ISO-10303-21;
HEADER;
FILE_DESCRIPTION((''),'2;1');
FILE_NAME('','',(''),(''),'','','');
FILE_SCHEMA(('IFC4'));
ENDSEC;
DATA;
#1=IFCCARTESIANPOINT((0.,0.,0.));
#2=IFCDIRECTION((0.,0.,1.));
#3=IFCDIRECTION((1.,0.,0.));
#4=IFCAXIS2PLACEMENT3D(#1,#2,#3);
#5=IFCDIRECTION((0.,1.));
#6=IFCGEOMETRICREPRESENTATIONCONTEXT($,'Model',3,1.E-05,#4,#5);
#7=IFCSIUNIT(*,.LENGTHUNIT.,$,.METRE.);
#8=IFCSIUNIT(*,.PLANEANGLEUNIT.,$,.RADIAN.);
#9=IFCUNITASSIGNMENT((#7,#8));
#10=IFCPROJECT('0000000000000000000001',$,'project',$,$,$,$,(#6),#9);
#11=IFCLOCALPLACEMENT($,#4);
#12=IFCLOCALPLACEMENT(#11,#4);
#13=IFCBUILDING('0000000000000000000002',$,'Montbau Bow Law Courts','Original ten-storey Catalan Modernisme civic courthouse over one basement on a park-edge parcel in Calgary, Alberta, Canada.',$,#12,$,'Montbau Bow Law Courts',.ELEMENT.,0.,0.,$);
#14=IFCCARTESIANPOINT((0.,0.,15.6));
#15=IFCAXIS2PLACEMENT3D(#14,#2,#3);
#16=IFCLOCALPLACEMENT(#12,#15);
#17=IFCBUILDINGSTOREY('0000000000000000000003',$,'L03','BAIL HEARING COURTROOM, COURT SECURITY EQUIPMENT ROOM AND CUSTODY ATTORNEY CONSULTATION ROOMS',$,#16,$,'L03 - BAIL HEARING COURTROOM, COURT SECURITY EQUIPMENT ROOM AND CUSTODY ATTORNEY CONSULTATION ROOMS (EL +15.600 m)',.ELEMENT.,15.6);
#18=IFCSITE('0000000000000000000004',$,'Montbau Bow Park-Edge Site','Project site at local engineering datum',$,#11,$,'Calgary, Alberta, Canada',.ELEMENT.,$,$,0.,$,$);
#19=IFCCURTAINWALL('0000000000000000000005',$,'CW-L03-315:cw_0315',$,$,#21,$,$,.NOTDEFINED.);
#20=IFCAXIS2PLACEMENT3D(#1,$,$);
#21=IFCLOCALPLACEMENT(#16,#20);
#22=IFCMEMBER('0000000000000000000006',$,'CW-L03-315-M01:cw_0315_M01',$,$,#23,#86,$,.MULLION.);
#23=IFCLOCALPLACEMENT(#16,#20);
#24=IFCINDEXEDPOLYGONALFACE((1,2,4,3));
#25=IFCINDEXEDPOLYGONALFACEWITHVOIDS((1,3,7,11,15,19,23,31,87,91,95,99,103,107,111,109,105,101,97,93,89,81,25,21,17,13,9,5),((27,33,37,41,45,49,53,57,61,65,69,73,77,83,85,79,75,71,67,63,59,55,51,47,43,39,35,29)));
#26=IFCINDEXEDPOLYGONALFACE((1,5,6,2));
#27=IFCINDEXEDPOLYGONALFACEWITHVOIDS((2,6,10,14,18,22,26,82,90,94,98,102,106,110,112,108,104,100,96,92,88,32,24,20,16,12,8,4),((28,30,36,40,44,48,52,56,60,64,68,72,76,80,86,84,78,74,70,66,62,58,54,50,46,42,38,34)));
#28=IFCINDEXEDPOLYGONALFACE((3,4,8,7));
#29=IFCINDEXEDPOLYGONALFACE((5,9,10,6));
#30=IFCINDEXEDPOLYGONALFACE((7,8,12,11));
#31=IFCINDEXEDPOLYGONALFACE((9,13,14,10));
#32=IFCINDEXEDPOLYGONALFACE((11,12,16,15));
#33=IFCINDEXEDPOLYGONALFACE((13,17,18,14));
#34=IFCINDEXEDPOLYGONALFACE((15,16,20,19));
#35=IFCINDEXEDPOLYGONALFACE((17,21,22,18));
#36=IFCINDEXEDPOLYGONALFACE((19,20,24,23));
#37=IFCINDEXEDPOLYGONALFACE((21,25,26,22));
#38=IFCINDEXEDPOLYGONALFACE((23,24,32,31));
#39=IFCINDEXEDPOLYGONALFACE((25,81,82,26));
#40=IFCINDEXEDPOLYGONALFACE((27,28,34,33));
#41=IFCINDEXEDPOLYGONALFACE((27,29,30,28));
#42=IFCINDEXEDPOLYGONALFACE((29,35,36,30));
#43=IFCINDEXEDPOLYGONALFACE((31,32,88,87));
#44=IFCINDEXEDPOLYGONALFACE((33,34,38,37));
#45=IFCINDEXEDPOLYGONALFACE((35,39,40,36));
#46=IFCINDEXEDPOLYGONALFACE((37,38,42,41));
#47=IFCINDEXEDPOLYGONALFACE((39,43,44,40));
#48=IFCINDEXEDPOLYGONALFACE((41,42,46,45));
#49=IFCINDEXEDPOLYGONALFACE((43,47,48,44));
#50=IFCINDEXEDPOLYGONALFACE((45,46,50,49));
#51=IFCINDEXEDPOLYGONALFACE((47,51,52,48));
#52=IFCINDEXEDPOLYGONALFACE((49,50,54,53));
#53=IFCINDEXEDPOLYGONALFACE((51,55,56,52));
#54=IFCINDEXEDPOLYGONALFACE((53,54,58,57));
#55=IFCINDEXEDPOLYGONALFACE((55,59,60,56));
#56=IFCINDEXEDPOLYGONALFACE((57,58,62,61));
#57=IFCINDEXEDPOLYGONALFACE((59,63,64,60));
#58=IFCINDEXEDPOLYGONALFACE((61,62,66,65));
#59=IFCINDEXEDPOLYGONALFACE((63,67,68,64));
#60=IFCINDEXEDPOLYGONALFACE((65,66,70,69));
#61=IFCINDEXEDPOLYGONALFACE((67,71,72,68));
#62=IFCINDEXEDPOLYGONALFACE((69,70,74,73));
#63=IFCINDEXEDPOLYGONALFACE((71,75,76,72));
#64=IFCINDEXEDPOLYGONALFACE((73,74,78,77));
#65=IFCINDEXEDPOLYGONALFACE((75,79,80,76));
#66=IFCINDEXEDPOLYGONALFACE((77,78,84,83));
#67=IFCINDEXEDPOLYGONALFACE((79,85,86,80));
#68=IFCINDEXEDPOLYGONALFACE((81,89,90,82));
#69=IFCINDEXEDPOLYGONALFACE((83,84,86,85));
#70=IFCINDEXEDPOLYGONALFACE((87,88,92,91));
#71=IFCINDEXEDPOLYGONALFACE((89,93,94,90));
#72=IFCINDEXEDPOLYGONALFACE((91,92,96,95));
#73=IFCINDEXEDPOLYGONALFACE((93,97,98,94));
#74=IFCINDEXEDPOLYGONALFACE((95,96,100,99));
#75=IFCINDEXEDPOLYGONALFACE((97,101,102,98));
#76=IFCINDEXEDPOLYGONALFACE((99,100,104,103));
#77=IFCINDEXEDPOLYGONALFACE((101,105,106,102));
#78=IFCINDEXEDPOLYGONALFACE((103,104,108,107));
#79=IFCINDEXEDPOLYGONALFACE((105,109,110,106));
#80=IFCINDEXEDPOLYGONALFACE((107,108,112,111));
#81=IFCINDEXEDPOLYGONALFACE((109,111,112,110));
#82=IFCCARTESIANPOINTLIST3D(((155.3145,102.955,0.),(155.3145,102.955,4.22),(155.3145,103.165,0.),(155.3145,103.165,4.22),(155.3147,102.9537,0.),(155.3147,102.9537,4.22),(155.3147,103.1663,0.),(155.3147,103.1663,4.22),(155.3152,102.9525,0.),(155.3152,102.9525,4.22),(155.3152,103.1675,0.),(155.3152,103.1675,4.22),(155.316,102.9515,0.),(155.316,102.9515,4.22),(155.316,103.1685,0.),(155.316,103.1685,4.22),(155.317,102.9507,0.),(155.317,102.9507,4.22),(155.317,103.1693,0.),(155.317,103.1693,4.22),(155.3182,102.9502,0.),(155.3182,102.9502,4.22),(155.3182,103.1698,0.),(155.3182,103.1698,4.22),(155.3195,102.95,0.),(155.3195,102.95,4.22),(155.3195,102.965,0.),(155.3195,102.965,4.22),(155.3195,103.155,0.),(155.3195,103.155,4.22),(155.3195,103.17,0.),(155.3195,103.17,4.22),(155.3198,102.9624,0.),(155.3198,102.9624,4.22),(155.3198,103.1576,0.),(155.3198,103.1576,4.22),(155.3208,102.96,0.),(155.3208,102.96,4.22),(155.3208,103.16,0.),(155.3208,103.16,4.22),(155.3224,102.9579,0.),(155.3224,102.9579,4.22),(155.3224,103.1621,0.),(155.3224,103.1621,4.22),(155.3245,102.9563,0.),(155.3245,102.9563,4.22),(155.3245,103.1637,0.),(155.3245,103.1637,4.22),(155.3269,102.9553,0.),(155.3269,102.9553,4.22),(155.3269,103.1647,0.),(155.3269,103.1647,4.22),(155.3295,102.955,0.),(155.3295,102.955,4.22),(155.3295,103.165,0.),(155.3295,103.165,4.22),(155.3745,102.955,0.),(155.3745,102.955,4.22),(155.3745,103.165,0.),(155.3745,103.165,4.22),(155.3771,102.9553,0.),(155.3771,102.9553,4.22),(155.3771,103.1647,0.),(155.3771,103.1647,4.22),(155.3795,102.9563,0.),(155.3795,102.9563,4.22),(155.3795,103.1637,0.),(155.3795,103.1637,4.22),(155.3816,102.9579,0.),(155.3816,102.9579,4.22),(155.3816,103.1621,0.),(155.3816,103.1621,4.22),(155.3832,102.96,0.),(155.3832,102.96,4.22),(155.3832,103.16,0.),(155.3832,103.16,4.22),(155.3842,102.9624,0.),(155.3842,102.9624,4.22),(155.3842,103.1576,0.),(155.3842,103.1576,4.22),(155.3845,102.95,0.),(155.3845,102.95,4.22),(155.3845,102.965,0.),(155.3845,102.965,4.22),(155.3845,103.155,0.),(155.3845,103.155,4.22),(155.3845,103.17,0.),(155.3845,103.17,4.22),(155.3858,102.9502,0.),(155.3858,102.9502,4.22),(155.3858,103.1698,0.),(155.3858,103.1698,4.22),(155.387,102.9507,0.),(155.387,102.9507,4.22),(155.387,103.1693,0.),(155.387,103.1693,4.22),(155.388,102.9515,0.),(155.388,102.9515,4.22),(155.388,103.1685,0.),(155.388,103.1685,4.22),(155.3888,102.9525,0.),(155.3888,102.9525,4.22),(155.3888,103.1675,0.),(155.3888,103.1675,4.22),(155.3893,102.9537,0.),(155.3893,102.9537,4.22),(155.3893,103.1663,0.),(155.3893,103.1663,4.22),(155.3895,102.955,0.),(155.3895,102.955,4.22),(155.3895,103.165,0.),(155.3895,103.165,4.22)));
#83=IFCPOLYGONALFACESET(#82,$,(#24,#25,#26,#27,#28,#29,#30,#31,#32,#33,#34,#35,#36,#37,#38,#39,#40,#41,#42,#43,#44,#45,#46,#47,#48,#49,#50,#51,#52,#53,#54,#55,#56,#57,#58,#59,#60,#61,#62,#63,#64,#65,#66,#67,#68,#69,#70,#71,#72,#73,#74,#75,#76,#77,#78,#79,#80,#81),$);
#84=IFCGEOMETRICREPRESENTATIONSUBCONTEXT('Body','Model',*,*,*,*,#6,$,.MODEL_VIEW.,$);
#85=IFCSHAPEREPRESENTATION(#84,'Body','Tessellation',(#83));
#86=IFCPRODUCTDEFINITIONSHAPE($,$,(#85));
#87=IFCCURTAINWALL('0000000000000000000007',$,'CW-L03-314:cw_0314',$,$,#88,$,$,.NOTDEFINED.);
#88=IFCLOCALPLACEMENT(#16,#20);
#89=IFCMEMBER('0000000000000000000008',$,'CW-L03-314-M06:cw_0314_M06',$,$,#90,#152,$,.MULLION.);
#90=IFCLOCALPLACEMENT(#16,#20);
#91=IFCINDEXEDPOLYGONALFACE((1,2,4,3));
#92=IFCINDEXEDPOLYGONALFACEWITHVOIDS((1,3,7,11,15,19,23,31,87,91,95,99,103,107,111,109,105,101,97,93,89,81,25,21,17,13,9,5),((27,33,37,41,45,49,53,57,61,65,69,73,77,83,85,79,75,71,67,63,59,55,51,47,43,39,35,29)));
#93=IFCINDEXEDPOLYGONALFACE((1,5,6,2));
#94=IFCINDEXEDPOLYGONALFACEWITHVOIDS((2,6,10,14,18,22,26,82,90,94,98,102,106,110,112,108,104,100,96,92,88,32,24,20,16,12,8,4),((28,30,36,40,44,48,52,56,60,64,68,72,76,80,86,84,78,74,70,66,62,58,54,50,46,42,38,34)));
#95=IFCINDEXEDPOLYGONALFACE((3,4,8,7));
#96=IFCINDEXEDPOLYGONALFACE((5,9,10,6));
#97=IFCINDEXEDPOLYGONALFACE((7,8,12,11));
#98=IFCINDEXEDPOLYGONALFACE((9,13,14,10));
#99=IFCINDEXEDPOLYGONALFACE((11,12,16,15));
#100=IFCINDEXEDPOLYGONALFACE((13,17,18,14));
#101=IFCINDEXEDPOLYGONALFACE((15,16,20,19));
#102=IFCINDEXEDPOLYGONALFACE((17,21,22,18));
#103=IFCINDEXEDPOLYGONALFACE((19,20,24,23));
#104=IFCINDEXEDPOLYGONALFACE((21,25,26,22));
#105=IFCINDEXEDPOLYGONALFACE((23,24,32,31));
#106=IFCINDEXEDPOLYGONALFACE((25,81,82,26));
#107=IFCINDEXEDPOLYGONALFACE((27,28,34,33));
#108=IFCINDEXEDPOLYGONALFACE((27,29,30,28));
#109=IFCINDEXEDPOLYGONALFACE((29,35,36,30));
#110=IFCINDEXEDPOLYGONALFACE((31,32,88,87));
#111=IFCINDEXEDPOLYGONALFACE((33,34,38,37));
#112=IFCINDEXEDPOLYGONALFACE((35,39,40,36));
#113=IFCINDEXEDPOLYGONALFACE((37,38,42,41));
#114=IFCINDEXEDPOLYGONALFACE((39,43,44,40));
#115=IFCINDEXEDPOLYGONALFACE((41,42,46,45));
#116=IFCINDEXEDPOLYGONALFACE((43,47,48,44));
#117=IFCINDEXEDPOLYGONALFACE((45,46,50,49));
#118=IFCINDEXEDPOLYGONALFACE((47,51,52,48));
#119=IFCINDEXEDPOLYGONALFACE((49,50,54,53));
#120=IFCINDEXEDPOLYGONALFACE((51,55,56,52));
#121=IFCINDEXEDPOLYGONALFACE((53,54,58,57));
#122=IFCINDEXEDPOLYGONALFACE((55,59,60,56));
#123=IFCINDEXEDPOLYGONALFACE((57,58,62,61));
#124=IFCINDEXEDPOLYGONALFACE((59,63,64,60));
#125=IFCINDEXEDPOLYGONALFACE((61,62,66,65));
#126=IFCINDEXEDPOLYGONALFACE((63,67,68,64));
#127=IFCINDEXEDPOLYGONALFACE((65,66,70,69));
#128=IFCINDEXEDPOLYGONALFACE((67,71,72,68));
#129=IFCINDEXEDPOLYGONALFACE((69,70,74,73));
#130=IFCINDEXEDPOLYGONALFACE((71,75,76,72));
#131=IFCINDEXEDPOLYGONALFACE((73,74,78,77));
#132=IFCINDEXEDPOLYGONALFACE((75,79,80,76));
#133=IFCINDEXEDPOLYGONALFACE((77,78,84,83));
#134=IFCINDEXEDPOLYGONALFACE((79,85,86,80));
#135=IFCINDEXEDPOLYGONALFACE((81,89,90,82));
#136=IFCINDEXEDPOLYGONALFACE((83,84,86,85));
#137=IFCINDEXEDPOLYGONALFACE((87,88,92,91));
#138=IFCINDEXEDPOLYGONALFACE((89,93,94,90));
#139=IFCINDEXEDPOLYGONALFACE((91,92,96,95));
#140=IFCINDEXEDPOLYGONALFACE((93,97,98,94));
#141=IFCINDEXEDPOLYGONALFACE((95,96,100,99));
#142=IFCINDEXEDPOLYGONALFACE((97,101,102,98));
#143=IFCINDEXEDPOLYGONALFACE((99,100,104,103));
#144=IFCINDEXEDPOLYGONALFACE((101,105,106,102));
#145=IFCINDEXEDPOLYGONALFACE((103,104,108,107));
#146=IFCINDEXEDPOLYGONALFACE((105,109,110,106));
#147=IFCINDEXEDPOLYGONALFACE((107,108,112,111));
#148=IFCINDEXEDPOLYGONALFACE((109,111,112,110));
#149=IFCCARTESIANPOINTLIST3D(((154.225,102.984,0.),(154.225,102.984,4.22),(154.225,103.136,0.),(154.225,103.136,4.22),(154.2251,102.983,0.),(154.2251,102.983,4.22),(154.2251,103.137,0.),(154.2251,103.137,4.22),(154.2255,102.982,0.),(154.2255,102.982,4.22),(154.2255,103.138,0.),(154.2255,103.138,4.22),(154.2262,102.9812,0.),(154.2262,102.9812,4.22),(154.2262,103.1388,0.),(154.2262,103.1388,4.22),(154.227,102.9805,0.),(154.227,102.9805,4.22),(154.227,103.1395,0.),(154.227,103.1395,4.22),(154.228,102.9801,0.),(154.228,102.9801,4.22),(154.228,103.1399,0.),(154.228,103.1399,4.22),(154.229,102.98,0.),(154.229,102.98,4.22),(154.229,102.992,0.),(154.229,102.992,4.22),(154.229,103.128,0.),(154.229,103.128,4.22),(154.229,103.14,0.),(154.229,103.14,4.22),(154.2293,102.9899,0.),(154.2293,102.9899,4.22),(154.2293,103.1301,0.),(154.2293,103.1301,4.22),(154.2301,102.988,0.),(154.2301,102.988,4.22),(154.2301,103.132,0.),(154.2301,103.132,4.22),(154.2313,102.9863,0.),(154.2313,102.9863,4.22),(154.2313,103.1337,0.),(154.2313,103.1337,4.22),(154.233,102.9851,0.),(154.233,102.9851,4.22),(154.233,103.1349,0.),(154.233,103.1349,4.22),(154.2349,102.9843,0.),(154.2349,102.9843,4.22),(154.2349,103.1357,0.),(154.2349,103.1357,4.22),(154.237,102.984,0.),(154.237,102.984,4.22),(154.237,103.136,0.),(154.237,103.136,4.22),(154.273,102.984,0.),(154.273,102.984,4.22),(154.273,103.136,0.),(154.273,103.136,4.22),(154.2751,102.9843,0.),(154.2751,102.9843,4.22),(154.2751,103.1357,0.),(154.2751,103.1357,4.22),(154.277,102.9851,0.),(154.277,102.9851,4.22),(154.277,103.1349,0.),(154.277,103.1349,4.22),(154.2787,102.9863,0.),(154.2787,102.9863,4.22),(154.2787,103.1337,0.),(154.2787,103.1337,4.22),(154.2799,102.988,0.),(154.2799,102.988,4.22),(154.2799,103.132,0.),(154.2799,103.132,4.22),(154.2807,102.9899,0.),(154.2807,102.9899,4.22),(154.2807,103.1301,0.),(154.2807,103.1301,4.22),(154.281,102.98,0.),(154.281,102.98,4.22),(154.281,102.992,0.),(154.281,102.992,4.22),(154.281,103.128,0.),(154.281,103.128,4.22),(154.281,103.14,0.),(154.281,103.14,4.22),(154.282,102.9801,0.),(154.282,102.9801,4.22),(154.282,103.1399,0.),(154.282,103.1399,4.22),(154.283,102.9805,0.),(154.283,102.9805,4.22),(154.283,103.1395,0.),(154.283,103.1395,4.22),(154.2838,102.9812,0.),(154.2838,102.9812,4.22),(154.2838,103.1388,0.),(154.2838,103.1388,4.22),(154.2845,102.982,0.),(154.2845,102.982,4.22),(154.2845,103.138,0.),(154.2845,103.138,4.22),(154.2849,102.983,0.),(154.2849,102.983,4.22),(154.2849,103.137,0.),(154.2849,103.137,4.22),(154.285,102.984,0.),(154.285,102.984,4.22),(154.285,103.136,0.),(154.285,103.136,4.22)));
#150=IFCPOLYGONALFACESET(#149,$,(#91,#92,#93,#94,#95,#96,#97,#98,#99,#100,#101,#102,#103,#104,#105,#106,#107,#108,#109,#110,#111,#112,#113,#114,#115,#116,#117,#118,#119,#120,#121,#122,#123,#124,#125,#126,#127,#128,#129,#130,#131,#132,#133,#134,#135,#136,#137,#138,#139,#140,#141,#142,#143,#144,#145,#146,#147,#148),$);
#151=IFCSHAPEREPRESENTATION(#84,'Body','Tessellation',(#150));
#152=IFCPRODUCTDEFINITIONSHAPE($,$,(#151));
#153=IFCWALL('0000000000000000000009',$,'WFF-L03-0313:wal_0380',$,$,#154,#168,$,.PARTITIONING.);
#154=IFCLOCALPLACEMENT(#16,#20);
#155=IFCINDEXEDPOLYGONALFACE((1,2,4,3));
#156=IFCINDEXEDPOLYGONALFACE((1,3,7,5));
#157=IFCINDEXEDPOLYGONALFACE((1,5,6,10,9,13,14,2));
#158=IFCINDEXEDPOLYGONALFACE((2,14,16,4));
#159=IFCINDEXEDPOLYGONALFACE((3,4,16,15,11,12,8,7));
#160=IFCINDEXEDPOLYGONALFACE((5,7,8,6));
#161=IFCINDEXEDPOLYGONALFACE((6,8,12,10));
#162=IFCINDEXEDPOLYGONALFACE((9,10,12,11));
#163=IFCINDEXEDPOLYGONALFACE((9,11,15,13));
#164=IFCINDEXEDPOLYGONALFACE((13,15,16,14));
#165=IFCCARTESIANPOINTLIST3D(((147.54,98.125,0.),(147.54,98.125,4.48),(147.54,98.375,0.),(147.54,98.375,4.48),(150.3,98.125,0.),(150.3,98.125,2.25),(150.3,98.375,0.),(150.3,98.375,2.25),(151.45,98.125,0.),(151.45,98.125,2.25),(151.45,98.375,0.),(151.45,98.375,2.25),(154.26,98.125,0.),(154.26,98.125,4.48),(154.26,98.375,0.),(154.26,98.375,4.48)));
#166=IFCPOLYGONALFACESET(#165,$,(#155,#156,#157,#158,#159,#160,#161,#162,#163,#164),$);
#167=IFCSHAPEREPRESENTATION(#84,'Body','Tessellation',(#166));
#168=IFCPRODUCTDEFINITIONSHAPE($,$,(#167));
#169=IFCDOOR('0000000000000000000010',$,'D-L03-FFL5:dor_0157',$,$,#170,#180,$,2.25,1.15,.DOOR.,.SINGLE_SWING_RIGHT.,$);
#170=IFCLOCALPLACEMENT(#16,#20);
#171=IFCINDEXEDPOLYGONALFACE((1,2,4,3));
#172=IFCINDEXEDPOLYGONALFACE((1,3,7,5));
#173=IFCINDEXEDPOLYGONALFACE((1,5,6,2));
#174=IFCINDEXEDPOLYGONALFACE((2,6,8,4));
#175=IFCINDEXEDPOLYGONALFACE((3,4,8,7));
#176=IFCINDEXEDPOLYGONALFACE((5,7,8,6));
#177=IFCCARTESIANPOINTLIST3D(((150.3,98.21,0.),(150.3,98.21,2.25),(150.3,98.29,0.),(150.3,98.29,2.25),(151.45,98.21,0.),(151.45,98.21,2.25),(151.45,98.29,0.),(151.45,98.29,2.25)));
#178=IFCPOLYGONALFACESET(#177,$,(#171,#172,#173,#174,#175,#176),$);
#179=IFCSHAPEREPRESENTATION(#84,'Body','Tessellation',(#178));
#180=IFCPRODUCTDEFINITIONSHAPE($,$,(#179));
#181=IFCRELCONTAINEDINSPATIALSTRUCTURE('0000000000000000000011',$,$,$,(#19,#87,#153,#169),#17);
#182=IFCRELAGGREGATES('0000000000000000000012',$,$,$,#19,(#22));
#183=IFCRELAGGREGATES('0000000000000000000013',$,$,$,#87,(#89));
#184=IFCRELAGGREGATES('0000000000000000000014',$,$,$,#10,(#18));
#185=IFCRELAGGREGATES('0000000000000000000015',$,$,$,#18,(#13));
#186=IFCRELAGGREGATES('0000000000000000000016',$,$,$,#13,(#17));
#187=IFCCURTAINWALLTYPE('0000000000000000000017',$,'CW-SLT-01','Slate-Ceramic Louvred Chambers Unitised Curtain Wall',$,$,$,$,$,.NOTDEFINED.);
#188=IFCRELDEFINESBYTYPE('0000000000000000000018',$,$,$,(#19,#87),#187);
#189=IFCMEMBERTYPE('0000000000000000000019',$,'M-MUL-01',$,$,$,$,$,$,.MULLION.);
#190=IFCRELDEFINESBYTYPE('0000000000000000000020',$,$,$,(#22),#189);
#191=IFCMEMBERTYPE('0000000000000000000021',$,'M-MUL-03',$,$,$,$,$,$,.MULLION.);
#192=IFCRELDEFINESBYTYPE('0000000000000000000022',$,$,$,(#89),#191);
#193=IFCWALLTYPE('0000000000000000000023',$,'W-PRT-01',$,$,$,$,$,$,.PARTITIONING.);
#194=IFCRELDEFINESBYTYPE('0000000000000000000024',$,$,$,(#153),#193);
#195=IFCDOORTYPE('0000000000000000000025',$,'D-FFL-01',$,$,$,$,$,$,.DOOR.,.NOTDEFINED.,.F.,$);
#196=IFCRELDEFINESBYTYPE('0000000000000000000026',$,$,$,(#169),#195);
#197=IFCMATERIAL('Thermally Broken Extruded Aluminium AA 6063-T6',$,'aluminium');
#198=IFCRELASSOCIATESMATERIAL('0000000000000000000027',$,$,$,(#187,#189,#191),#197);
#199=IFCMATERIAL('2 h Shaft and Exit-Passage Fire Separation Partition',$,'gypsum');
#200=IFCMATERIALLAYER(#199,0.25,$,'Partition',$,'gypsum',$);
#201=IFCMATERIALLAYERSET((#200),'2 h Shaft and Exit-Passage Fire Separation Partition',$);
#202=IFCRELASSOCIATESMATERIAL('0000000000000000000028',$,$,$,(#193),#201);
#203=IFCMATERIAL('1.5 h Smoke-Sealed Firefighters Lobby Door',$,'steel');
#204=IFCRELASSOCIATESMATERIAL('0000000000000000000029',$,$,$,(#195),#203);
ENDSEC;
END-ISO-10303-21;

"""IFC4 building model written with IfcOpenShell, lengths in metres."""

from ifc_helpers import new_model, si_unit, direction, frame, frame_2d, origin_with_axes, origin_2d_with_axis, place, context, subcontext, project, spatial, rectangle, hollow_rectangle, extrude, material, layer, layer_set, material_profile, profile_set, type_object, element, fill, aggregate, save


model = new_model("IFC4")

# Units and contexts
model_context = context("Model", 3, precision=1e-05, world=origin_with_axes(), true_north=direction((0.0, 1.0)))
body_context = subcontext(model_context, "Body", "Model", "MODEL_VIEW")
ifc_project = project(units=[si_unit("LENGTHUNIT", "METRE"), si_unit("PLANEANGLEUNIT", "RADIAN")], contexts=[model_context])

# Site, building, storey
site_placement = place(None, origin_with_axes())
site = spatial("IfcSite", under=ifc_project, at=site_placement, Name="Montbau Bow Park-Edge Site", Description="Project site at local engineering datum", LongName="Calgary, Alberta, Canada", CompositionType="ELEMENT", RefElevation=0.0)
building_placement = place(site_placement, origin_with_axes())
building = spatial("IfcBuilding", under=site, at=building_placement, Name="Montbau Bow Law Courts", Description="Original ten-storey Catalan Modernisme civic courthouse over one basement on a park-edge parcel in Calgary, Alberta, Canada.", LongName="Montbau Bow Law Courts", CompositionType="ELEMENT", ElevationOfRefHeight=0.0, ElevationOfTerrain=0.0)
storey_placement = place(building_placement, frame((0.0, 0.0, 15.6), z_axis=(0.0, 0.0, 1.0), x_axis=(1.0, 0.0, 0.0)))
storey = spatial("IfcBuildingStorey", under=building, at=storey_placement, Name="L03", Description="BAIL HEARING COURTROOM, COURT SECURITY EQUIPMENT ROOM AND CUSTODY ATTORNEY CONSULTATION ROOMS", LongName="L03 - BAIL HEARING COURTROOM, COURT SECURITY EQUIPMENT ROOM AND CUSTODY ATTORNEY CONSULTATION ROOMS (EL +15.600 m)", CompositionType="ELEMENT", Elevation=15.6)

# Curtain walls, members
ifc_material_1 = material(Name="Thermally Broken Extruded Aluminium AA 6063-T6", Category="aluminium")
curtain_wall_type = type_object("IfcCurtainWallType", Name="CW-SLT-01", Description="Slate-Ceramic Louvred Chambers Unitised Curtain Wall", PredefinedType="NOTDEFINED", material=ifc_material_1)
curtain_wall_1_placement = place(None, frame((155.315, 103.06, 15.6), z_axis=(0.0, 0.0, 1.0), x_axis=(1.0, 0.0, 0.0)))
curtain_wall_1 = element("IfcCurtainWall", 1, at=curtain_wall_1_placement, inside=storey, type_object=curtain_wall_type, Name="CW-L03-315:cw_0315", PredefinedType="NOTDEFINED")
ifc_material_profile_1 = material_profile(ifc_material_1, hollow_rectangle(XDim=0.075, YDim=0.22, WallThickness=0.005, InnerFilletRadius=0.01, OuterFilletRadius=0.005, at=origin_2d_with_axis()), Name="CWM-220X75", Category="Main", Priority=0)
ifc_profile_set_1 = profile_set([ifc_material_profile_1], Name="Thermally Broken Extruded Aluminium AA 6063-T6")
member_type_1 = type_object("IfcMemberType", Name="M-MUL-01", PredefinedType="MULLION", material=ifc_profile_set_1)
member_1_placement = place(None, frame((155.352, 103.06, 15.6), z_axis=(0.0, 0.0, 1.0), x_axis=(1.0, 0.0, 0.0)))
member_1 = element("IfcMember", 2, at=member_1_placement, type_object=member_type_1, Name="CW-L03-315-M01:cw_0315_M01", PredefinedType="MULLION", context=body_context, shape_type="SweptSolid", body=[
    extrude(hollow_rectangle(XDim=0.075, YDim=0.22, WallThickness=0.005, InnerFilletRadius=0.01, OuterFilletRadius=0.005, at=origin_2d_with_axis()), origin_with_axes(), (0.0, 0.0, 1.0), 4.22),
])
aggregate(curtain_wall_1, [member_1])
curtain_wall_2_placement = place(None, frame((147.515, 103.06, 15.6), z_axis=(0.0, 0.0, 1.0), x_axis=(1.0, 0.0, 0.0)))
curtain_wall_2 = element("IfcCurtainWall", 3, at=curtain_wall_2_placement, inside=storey, type_object=curtain_wall_type, Name="CW-L03-314:cw_0314", PredefinedType="NOTDEFINED")
ifc_material_profile_2 = material_profile(ifc_material_1, hollow_rectangle(XDim=0.06, YDim=0.16, WallThickness=0.004, InnerFilletRadius=0.008, OuterFilletRadius=0.004, at=origin_2d_with_axis()), Name="CWM-160X60", Category="Main", Priority=0)
ifc_profile_set_2 = profile_set([ifc_material_profile_2], Name="Thermally Broken Extruded Aluminium AA 6063-T6")
member_type_2 = type_object("IfcMemberType", Name="M-MUL-03", PredefinedType="MULLION", material=ifc_profile_set_2)
member_2_placement = place(None, frame((154.255, 103.06, 15.6), z_axis=(0.0, 0.0, 1.0), x_axis=(1.0, 0.0, 0.0)))
member_2 = element("IfcMember", 4, at=member_2_placement, type_object=member_type_2, Name="CW-L03-314-M06:cw_0314_M06", PredefinedType="MULLION", context=body_context, shape_type="SweptSolid", body=[
    extrude(hollow_rectangle(XDim=0.06, YDim=0.16, WallThickness=0.004, InnerFilletRadius=0.008, OuterFilletRadius=0.004, at=origin_2d_with_axis()), origin_with_axes(), (0.0, 0.0, 1.0), 4.22),
])
aggregate(curtain_wall_2, [member_2])

# Wall, opening, door
ifc_material_2 = material(Name="2 h Shaft and Exit-Passage Fire Separation Partition", Category="gypsum")
ifc_layer_1 = layer(ifc_material_2, 0.25, Name="Partition", Category="gypsum")
ifc_layer_set_1 = layer_set([ifc_layer_1], Name="2 h Shaft and Exit-Passage Fire Separation Partition")
wall_type_1 = type_object("IfcWallType", Name="W-PRT-01", PredefinedType="PARTITIONING", material=ifc_layer_set_1)
wall_1_placement = place(None, frame((154.26, 98.25, 15.6), z_axis=(0.0, 0.0, 1.0), x_axis=(-1.0, 0.0, 0.0)))
wall_1 = element("IfcWall", 5, at=wall_1_placement, inside=storey, type_object=wall_type_1, Name="WFF-L03-0313:wal_0380", PredefinedType="PARTITIONING", context=body_context, shape_type="SweptSolid", body=[
    extrude(rectangle(XDim=6.72, YDim=0.25, at=frame_2d((3.36, 0.0), x_axis=(1.0, 0.0))), origin_with_axes(), (0.0, 0.0, 1.0), 4.48),
])
opening_1_placement = place(None, frame((150.875, 98.25, 15.6), z_axis=(0.0, 0.0, 1.0), x_axis=(-1.0, 0.0, 0.0)))
opening_1 = element("IfcOpeningElement", 6, at=opening_1_placement, cuts=wall_1, PredefinedType="OPENING", context=body_context, shape_type="SweptSolid", body=[
    extrude(rectangle(XDim=1.15, YDim=2.25, at=frame_2d((0.0, 1.125), x_axis=(1.0, 0.0))), frame((0.0, 0.135, 0.0), z_axis=(0.0, -1.0, 0.0), x_axis=(1.0, 0.0, 0.0)), (0.0, 0.0, 1.0), 0.27),
])
ifc_material_3 = material(Name="1.5 h Smoke-Sealed Firefighters Lobby Door", Category="steel")
door_type_1 = type_object("IfcDoorType", Name="D-FFL-01", OperationType="NOTDEFINED", ParameterTakesPrecedence=False, PredefinedType="DOOR", material=ifc_material_3)
door_1_placement = place(None, frame((150.875, 98.25, 15.6), z_axis=(0.0, 0.0, 1.0), x_axis=(1.0, 0.0, 0.0)))
door_1 = element("IfcDoor", 7, at=door_1_placement, inside=storey, type_object=door_type_1, Name="D-L03-FFL5:dor_0157", OperationType="SINGLE_SWING_RIGHT", OverallHeight=2.25, OverallWidth=1.15, PredefinedType="DOOR", context=body_context, shape_type="SweptSolid", body=[
    extrude(rectangle(XDim=1.15, YDim=2.25, at=frame_2d((0.0, 1.125), x_axis=(1.0, 0.0))), frame((0.0, 0.04, 0.0), z_axis=(0.0, -1.0, 0.0), x_axis=(1.0, 0.0, 0.0)), (0.0, 0.0, 1.0), 0.08),
])
fill(opening_1, door_1)

save(model, "model.ifc")
